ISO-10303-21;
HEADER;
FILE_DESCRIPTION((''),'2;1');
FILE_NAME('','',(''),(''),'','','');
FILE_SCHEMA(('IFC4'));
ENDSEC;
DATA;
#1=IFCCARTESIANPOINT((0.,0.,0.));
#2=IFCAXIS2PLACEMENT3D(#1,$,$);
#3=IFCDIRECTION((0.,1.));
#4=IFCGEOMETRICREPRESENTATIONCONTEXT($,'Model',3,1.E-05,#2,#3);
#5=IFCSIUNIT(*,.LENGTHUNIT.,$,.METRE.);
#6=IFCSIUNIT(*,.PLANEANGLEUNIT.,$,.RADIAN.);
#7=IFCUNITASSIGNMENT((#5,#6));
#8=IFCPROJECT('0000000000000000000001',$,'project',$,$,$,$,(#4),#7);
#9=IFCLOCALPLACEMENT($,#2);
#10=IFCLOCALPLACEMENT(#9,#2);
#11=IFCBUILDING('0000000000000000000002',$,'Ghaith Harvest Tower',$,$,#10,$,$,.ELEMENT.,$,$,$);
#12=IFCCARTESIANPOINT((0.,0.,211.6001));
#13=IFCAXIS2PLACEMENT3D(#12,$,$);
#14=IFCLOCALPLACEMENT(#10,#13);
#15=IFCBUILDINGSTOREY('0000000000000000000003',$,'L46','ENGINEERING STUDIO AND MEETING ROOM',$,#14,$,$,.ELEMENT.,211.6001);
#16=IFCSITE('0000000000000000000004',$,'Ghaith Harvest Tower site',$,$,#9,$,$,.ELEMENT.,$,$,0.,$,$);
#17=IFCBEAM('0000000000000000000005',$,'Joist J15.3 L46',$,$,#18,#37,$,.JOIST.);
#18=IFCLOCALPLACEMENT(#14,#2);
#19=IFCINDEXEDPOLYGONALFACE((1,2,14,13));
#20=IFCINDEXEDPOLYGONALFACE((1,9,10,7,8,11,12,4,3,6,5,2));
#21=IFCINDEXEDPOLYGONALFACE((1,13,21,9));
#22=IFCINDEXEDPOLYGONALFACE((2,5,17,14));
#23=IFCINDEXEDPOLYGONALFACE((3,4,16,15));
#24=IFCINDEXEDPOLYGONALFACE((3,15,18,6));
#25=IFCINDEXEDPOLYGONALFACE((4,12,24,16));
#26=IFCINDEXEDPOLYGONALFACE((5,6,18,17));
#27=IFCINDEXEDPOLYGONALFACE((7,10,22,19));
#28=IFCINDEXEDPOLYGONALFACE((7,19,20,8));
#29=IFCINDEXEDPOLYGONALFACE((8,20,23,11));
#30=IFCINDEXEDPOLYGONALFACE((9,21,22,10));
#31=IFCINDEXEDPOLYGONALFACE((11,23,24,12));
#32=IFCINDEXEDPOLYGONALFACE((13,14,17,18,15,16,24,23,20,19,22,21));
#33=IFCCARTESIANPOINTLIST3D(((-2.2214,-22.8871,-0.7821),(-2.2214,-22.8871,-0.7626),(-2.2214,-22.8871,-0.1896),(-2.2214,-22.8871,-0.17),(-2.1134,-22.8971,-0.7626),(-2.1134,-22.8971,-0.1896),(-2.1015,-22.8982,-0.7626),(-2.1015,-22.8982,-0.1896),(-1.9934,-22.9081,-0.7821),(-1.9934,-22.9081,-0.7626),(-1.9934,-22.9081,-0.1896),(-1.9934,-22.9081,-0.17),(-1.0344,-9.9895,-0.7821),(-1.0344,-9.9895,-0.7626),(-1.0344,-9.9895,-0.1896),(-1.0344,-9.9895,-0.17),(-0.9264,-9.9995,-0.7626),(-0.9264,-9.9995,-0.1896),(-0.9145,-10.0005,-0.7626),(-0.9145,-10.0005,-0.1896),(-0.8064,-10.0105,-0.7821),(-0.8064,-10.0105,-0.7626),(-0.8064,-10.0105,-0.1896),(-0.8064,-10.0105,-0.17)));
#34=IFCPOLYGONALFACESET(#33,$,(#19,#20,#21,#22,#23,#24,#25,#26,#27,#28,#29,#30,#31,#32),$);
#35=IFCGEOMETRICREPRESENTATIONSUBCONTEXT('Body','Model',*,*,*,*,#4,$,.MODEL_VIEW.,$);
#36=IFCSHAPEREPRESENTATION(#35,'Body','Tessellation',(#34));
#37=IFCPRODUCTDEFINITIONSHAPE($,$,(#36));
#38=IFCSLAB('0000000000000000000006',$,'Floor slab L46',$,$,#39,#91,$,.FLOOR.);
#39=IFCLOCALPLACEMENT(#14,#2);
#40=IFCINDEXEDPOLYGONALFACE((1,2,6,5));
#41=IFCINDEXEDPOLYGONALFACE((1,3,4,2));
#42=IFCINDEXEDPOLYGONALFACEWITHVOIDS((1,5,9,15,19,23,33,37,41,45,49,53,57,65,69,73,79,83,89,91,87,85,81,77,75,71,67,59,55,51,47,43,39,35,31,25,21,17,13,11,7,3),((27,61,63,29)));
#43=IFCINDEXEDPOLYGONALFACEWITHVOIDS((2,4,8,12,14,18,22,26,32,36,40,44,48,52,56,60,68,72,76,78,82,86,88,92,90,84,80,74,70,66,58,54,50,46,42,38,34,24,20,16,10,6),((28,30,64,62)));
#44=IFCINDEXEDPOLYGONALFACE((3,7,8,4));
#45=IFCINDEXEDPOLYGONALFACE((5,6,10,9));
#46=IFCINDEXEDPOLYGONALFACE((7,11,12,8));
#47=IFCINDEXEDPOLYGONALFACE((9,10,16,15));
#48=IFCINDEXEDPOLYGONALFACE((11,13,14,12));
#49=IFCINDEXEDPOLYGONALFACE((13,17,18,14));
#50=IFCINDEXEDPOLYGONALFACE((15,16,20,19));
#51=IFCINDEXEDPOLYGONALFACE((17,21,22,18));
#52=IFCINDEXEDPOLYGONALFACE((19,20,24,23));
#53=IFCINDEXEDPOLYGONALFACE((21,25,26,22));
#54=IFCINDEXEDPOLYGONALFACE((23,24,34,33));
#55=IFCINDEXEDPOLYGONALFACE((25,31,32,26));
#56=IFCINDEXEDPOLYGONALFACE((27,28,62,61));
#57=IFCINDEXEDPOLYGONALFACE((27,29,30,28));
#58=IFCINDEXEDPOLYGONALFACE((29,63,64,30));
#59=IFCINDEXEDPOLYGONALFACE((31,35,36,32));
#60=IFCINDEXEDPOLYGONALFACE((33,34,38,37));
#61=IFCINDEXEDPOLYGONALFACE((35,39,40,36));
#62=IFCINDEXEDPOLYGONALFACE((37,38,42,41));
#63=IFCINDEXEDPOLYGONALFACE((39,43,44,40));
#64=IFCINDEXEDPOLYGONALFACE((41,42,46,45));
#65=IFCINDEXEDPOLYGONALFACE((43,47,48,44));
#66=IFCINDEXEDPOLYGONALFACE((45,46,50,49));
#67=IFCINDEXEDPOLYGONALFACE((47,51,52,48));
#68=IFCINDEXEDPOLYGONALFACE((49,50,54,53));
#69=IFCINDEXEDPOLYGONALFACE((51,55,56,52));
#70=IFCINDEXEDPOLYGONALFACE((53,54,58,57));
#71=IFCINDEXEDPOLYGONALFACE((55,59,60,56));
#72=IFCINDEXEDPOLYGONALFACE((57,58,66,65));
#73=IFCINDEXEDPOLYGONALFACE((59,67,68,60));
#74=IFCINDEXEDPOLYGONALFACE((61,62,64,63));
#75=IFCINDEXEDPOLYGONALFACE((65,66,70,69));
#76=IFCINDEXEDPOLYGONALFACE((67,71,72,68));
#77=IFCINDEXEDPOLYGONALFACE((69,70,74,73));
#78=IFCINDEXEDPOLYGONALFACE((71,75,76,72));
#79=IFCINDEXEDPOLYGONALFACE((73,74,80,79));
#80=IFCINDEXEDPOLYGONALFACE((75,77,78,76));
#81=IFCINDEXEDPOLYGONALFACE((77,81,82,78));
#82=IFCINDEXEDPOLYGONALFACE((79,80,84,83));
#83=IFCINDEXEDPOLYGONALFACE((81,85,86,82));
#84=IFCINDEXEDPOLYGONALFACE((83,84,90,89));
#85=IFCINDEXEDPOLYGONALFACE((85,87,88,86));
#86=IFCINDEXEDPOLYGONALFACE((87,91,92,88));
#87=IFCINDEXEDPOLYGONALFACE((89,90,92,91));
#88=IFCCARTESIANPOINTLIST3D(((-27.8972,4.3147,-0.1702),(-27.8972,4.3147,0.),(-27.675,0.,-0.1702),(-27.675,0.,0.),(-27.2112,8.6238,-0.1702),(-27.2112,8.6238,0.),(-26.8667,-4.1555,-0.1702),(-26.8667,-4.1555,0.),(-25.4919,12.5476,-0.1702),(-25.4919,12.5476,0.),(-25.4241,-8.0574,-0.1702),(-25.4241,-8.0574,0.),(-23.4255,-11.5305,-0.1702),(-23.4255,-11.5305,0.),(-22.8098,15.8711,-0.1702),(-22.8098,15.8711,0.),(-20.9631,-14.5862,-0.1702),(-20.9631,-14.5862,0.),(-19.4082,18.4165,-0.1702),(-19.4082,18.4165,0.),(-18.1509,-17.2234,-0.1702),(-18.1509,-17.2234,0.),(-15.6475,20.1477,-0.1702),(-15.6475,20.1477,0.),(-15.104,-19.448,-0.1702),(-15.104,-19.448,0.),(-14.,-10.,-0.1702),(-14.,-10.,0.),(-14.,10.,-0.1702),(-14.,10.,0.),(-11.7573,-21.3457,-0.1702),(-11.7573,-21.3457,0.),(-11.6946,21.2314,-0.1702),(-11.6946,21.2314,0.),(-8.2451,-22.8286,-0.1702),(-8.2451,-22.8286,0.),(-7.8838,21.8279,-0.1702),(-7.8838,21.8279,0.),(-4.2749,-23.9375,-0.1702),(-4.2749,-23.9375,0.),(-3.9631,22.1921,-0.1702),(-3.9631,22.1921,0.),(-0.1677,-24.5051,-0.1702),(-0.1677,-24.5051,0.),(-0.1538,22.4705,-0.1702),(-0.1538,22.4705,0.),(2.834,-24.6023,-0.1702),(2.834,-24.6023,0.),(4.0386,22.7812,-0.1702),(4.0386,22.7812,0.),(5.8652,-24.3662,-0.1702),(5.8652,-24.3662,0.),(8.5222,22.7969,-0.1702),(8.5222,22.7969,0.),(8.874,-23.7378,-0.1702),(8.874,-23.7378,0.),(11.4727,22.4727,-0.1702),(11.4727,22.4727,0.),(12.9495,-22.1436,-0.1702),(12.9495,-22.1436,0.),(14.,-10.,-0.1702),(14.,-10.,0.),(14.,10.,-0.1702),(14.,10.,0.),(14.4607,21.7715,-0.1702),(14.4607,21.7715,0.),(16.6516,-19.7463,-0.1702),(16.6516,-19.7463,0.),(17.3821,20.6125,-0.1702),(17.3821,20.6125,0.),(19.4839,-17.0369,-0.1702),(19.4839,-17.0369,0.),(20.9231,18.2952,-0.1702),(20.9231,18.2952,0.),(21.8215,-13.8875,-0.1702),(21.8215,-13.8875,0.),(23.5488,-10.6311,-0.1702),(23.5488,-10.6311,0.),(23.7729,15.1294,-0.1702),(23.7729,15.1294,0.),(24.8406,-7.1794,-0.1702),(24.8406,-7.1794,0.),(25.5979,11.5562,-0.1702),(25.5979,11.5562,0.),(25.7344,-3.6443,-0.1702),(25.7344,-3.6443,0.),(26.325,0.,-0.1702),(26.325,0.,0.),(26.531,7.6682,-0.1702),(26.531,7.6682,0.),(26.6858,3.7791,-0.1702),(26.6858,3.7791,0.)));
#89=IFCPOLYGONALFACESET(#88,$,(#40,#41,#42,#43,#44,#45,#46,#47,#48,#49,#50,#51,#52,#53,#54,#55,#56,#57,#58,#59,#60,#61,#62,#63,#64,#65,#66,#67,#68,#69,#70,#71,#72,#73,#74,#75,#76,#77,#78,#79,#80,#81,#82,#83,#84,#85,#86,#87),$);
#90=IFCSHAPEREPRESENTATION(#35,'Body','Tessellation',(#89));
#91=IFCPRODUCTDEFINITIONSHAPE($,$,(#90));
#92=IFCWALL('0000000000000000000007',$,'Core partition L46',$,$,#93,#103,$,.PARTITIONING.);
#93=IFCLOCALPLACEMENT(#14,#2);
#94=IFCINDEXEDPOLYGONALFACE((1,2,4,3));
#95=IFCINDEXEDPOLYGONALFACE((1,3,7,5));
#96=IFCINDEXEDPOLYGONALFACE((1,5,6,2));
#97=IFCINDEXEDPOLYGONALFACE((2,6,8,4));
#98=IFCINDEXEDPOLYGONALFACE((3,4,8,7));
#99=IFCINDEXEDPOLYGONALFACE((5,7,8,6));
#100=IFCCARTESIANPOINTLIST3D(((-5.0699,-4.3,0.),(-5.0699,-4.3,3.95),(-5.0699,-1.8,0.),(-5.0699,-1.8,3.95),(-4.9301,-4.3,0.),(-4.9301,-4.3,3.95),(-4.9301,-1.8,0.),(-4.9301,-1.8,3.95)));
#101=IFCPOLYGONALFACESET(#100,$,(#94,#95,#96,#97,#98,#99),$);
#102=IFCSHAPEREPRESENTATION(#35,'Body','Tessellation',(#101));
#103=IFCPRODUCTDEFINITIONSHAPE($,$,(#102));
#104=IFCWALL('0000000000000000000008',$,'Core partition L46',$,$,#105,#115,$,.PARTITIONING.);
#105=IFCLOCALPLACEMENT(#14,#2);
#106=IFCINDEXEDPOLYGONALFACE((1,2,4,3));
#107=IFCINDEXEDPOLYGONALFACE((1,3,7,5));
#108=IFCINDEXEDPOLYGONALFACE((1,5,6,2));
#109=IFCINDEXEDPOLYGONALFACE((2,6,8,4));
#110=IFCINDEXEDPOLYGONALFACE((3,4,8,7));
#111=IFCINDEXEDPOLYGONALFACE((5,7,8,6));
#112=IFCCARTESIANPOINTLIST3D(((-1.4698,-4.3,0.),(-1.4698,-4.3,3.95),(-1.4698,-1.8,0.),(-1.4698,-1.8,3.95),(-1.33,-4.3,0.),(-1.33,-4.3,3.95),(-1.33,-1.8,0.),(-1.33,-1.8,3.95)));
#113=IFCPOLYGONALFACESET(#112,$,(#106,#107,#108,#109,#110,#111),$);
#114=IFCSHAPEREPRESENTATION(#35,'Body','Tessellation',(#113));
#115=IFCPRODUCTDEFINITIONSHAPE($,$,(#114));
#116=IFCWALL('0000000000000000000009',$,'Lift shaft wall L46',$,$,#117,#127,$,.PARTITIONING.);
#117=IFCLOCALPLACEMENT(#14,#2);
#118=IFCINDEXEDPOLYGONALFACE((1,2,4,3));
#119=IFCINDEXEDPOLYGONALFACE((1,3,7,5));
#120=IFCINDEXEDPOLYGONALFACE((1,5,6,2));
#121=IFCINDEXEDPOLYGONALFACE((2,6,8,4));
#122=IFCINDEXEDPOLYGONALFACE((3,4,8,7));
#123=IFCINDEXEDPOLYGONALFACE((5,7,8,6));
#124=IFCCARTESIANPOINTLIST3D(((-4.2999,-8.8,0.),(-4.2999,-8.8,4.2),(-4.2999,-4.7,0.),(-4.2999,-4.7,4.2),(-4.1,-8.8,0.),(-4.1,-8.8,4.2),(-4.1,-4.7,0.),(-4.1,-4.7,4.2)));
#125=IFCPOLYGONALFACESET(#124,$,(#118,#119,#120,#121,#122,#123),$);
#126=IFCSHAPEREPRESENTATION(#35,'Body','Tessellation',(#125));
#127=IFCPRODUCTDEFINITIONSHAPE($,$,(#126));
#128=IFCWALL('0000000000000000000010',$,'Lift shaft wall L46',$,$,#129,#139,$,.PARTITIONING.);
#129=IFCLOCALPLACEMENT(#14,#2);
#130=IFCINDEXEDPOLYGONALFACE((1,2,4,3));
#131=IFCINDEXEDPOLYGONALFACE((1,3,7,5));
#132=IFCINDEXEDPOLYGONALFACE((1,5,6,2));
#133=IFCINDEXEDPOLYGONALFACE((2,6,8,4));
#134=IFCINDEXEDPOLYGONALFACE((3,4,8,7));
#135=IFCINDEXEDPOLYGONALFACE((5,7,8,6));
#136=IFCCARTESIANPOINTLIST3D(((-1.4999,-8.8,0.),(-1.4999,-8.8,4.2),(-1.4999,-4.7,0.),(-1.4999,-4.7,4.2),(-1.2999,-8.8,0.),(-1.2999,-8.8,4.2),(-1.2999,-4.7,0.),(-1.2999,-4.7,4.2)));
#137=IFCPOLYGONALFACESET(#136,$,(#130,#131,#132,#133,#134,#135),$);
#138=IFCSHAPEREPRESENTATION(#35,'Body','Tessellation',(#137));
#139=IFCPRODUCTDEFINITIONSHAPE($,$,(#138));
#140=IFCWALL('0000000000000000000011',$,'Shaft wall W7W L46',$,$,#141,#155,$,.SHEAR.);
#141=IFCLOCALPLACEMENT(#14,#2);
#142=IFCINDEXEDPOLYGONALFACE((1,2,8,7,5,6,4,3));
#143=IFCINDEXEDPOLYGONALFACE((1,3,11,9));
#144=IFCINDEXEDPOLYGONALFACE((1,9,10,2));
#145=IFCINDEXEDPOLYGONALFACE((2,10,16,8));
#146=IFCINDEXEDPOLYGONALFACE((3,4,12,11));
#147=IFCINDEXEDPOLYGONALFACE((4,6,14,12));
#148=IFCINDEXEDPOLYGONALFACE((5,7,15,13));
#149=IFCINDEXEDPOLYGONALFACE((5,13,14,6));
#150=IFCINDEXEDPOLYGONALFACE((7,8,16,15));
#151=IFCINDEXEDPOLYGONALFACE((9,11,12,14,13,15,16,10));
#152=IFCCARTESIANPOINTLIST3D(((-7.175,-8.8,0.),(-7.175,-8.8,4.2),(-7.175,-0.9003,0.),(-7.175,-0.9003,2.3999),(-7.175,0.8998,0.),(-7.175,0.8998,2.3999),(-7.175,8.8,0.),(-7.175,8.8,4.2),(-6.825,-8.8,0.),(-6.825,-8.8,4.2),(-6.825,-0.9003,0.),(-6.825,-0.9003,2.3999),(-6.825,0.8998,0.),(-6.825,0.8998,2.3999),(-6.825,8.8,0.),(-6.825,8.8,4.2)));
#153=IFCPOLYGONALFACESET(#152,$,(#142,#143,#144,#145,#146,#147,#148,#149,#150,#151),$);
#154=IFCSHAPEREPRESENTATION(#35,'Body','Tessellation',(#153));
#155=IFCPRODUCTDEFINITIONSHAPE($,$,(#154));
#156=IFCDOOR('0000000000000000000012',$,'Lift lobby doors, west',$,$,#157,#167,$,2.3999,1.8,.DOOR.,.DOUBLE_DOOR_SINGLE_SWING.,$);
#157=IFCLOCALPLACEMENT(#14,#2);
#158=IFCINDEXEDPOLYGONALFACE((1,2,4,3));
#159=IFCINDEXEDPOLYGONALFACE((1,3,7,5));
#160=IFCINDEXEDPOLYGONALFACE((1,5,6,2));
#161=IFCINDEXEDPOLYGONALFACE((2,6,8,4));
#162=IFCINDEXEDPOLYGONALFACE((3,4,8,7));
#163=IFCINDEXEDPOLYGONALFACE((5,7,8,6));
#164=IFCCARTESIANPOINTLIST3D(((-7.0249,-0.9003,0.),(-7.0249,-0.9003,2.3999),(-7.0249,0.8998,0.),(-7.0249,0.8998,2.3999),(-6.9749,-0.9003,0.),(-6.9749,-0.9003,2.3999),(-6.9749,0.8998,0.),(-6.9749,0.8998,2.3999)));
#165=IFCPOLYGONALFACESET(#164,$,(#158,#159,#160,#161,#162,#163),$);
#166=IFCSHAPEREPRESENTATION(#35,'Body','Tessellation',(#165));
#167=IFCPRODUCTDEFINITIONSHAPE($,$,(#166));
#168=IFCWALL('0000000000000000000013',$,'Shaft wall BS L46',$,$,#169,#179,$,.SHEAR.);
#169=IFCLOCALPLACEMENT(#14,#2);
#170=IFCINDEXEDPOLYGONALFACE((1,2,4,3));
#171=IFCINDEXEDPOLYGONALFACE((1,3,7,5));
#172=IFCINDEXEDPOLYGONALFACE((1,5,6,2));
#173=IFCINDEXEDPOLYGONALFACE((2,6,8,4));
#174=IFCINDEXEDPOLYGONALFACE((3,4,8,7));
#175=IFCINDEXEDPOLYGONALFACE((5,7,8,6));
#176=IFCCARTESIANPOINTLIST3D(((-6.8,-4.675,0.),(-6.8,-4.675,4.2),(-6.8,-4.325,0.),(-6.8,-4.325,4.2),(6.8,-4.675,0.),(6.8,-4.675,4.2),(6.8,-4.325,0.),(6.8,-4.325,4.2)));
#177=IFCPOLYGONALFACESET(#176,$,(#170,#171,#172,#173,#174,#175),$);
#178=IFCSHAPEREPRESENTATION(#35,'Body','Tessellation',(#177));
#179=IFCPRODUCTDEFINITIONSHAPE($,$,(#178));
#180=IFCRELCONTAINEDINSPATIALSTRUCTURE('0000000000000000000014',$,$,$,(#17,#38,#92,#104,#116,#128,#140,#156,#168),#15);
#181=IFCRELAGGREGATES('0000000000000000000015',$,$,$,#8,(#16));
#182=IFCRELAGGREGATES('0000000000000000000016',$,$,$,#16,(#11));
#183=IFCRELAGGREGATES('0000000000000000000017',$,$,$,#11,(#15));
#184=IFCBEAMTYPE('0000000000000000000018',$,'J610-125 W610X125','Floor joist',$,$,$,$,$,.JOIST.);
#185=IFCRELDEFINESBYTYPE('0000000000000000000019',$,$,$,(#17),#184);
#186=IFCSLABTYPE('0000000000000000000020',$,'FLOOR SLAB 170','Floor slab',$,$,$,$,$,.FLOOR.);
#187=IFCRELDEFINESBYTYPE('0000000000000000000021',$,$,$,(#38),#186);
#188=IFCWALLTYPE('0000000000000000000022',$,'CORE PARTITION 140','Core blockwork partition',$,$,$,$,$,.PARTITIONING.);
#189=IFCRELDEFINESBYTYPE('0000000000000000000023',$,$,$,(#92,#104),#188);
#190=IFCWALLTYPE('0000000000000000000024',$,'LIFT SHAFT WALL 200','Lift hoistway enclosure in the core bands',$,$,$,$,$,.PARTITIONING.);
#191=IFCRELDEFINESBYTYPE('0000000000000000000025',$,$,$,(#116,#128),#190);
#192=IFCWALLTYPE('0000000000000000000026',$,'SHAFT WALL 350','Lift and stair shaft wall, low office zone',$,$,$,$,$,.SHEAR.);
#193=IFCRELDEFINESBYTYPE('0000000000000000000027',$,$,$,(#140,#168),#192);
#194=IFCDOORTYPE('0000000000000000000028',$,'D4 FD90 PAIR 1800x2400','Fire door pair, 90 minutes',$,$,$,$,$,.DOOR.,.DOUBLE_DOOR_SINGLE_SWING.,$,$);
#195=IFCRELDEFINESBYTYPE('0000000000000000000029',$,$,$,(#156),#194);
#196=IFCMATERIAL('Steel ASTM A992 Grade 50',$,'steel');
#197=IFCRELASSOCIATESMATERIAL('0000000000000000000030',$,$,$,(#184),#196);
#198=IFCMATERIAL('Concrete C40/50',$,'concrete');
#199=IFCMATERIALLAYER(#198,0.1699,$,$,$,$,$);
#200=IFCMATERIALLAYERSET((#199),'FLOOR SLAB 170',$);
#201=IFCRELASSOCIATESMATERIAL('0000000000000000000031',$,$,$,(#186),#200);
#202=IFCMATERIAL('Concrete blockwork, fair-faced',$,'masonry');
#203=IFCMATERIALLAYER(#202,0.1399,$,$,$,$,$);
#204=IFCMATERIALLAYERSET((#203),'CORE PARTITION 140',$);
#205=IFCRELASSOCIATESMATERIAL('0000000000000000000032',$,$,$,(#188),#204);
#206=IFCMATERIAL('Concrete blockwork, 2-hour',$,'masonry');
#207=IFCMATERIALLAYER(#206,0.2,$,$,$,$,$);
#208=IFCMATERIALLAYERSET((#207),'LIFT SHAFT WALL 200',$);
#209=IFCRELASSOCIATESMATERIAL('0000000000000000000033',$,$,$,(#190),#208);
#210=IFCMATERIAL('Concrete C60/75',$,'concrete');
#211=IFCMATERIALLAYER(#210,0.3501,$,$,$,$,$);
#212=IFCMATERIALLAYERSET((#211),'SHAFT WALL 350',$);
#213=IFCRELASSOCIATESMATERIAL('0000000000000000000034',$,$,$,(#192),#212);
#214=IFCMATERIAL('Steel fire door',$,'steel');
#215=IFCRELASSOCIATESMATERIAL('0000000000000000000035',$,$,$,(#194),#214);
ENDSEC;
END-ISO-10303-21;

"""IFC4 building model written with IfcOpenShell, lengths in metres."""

from ifc_helpers import new_model, si_unit, direction, frame, frame_2d, origin, origin_2d, place, context, subcontext, project, spatial, polyline, rectangle, i_section, outline, extrude, material, layer, layer_set, material_profile, profile_set, type_object, element, fill, save


model = new_model("IFC4")

# Units and contexts
model_context = context("Model", 3, precision=1e-05, world=origin(), true_north=direction((0.0, 1.0)))
body_context = subcontext(model_context, "Body", "Model", "MODEL_VIEW")
ifc_project = project(units=[si_unit("LENGTHUNIT", "METRE"), si_unit("PLANEANGLEUNIT", "RADIAN")], contexts=[model_context])

# Site, building, storey
site_placement = place(None, origin())
site = spatial("IfcSite", under=ifc_project, at=site_placement, Name="Ghaith Harvest Tower site", CompositionType="ELEMENT", RefElevation=0.0)
building_placement = place(site_placement, origin())
building = spatial("IfcBuilding", under=site, at=building_placement, Name="Ghaith Harvest Tower", CompositionType="ELEMENT")
storey_placement = place(building_placement, frame((0.0, 0.0, 211.6001)))
storey = spatial("IfcBuildingStorey", under=building, at=storey_placement, Name="L46", Description="ENGINEERING STUDIO AND MEETING ROOM", CompositionType="ELEMENT", Elevation=211.6001)

# Beam
ifc_material_1 = material(Name="Steel ASTM A992 Grade 50", Category="steel")
ifc_material_profile_1 = material_profile(ifc_material_1, i_section(OverallWidth=0.229, OverallDepth=0.6121, WebThickness=0.012, FlangeThickness=0.0195, at=origin_2d()), Name="W610X125")
ifc_profile_set_1 = profile_set([ifc_material_profile_1], Name="Steel ASTM A992 Grade 50")
beam_type_1 = type_object("IfcBeamType", Name="J610-125 W610X125", Description="Floor joist", PredefinedType="JOIST", material=ifc_profile_set_1)
beam_1_placement = place(storey_placement, frame((-0.9204, -10.0, -0.4761), z_axis=(-0.091645, -0.995792, 0.0), x_axis=(0.995792, -0.091645, 0.0)))
element("IfcBeam", 1, at=beam_1_placement, inside=storey, type_object=beam_type_1, Name="Joist J15.3 L46", PredefinedType="JOIST", context=body_context, shape_type="SweptSolid", body=[
    extrude(i_section(OverallWidth=0.229, OverallDepth=0.6121, WebThickness=0.012, FlangeThickness=0.0195, at=origin_2d()), origin(), (0.0, 0.0, 1.0), 12.9521),
])

# Slab
ifc_material_2 = material(Name="Concrete C40/50", Category="concrete")
ifc_layer_1 = layer(ifc_material_2, 0.1699)
ifc_layer_set_1 = layer_set([ifc_layer_1], Name="FLOOR SLAB 170")
slab_type = type_object("IfcSlabType", Name="FLOOR SLAB 170", Description="Floor slab", PredefinedType="FLOOR", material=ifc_layer_set_1)
slab_placement = place(storey_placement, frame((0.0, 0.0, -0.1702)))
element("IfcSlab", 2, at=slab_placement, inside=storey, type_object=slab_type, Name="Floor slab L46", PredefinedType="FLOOR", context=body_context, shape_type="SweptSolid", body=[
    extrude(outline(polyline([(26.325, 0.0), (26.6858, 3.7791), (26.531, 7.6682), (25.5979, 11.5562), (23.7729, 15.1294), (20.9231, 18.2952), (17.3821, 20.6125), (14.4607, 21.7715), (11.4727, 22.4727), (8.5222, 22.7969), (4.0386, 22.7812), (-0.1538, 22.4705), (-3.9631, 22.1921), (-7.8838, 21.8279), (-11.6946, 21.2314), (-15.6475, 20.1477), (-19.4082, 18.4165), (-22.8098, 15.8711), (-25.4919, 12.5476), (-27.2112, 8.6238), (-27.8972, 4.3147), (-27.675, 0.0), (-26.8667, -4.1555), (-25.4241, -8.0574), (-23.4255, -11.5305), (-20.9631, -14.5862), (-18.1509, -17.2234), (-15.104, -19.448), (-11.7573, -21.3457), (-8.2451, -22.8286), (-4.2749, -23.9375), (-0.1677, -24.5051), (2.834, -24.6023), (5.8652, -24.3662), (8.874, -23.7378), (12.9495, -22.1436), (16.6516, -19.7463), (19.4839, -17.0369), (21.8215, -13.8875), (23.5488, -10.6311), (24.8406, -7.1794), (25.7344, -3.6443), (26.325, 0.0)]), holes=[polyline([(-14.0, -10.0), (14.0, -10.0), (14.0, 10.0), (-14.0, 10.0), (-14.0, -10.0)])]), origin(), (0.0, 0.0, 1.0), 0.1702),
])

# Walls
ifc_material_3 = material(Name="Concrete blockwork, fair-faced", Category="masonry")
ifc_layer_2 = layer(ifc_material_3, 0.1399)
ifc_layer_set_2 = layer_set([ifc_layer_2], Name="CORE PARTITION 140")
wall_type_1 = type_object("IfcWallType", Name="CORE PARTITION 140", Description="Core blockwork partition", PredefinedType="PARTITIONING", material=ifc_layer_set_2)
for number, where, z_axis, x_axis, name in (
    (3, (-5.0, -1.8, 0.0), (0.0, 0.0, 1.0), (0.0, -1.0, 0.0), "Core partition L46"),
    (4, (-1.3999, -1.8, 0.0), (0.0, 0.0, 1.0), (0.0, -1.0, 0.0), "Core partition L46"),
):
    element("IfcWall", number, at=place(storey_placement, frame(where, z_axis=z_axis, x_axis=x_axis)), inside=storey, type_object=wall_type_1, Name=name, PredefinedType="PARTITIONING", context=body_context, shape_type="SweptSolid", body=[
        extrude(rectangle(XDim=2.5, YDim=0.1399, at=frame_2d((1.25, 0.0))), origin(), (0.0, 0.0, 1.0), 3.95),
    ])
ifc_material_4 = material(Name="Concrete blockwork, 2-hour", Category="masonry")
ifc_layer_3 = layer(ifc_material_4, 0.2)
ifc_layer_set_3 = layer_set([ifc_layer_3], Name="LIFT SHAFT WALL 200")
wall_type_2 = type_object("IfcWallType", Name="LIFT SHAFT WALL 200", Description="Lift hoistway enclosure in the core bands", PredefinedType="PARTITIONING", material=ifc_layer_set_3)
for number, where, z_axis, x_axis, name in (
    (5, (-4.2, -4.7, 0.0), (0.0, 0.0, 1.0), (0.0, -1.0, 0.0), "Lift shaft wall L46"),
    (6, (-1.3999, -4.7, 0.0), (0.0, 0.0, 1.0), (0.0, -1.0, 0.0), "Lift shaft wall L46"),
):
    element("IfcWall", number, at=place(storey_placement, frame(where, z_axis=z_axis, x_axis=x_axis)), inside=storey, type_object=wall_type_2, Name=name, PredefinedType="PARTITIONING", context=body_context, shape_type="SweptSolid", body=[
        extrude(rectangle(XDim=4.1001, YDim=0.2, at=frame_2d((2.05, 0.0))), origin(), (0.0, 0.0, 1.0), 4.2),
    ])

# Wall, opening, door
ifc_material_5 = material(Name="Concrete C60/75", Category="concrete")
ifc_layer_4 = layer(ifc_material_5, 0.3501)
ifc_layer_set_4 = layer_set([ifc_layer_4], Name="SHAFT WALL 350")
wall_type_3 = type_object("IfcWallType", Name="SHAFT WALL 350", Description="Lift and stair shaft wall, low office zone", PredefinedType="SHEAR", material=ifc_layer_set_4)
wall_1_placement = place(storey_placement, frame((-7.0, -8.8, 0.0), z_axis=(0.0, 0.0, 1.0), x_axis=(0.0, 1.0, 0.0)))
wall_1 = element("IfcWall", 7, at=wall_1_placement, inside=storey, type_object=wall_type_3, Name="Shaft wall W7W L46", PredefinedType="SHEAR", context=body_context, shape_type="SweptSolid", body=[
    extrude(rectangle(XDim=17.6001, YDim=0.3501, at=frame_2d((8.8, 0.0))), origin(), (0.0, 0.0, 1.0), 4.2),
])
opening_1_placement = place(wall_1_placement, frame((7.8999, 0.0, 0.0)))
opening_1 = element("IfcOpeningElement", 8, at=opening_1_placement, cuts=wall_1, PredefinedType="OPENING", context=body_context, shape_type="SweptSolid", body=[
    extrude(rectangle(XDim=1.8, YDim=2.3999, at=frame_2d((0.8999, 1.2))), frame((0.0, 0.1851, 0.0), z_axis=(0.0, -1.0, 0.0), x_axis=(1.0, 0.0, 0.0)), (0.0, 0.0, 1.0), 0.3701),
])
ifc_material_6 = material(Name="Steel fire door", Category="steel")
door_type_1 = type_object("IfcDoorType", Name="D4 FD90 PAIR 1800x2400", Description="Fire door pair, 90 minutes", OperationType="DOUBLE_DOOR_SINGLE_SWING", PredefinedType="DOOR", material=ifc_material_6)
door_1_placement = place(opening_1_placement, origin())
door_1 = element("IfcDoor", 9, at=door_1_placement, inside=storey, type_object=door_type_1, Name="Lift lobby doors, west", OperationType="DOUBLE_DOOR_SINGLE_SWING", OverallHeight=2.3999, OverallWidth=1.8, PredefinedType="DOOR", context=body_context, shape_type="SweptSolid", body=[
    extrude(rectangle(XDim=1.8, YDim=2.3999, at=frame_2d((0.8999, 1.2))), frame((0.0, 0.0249, 0.0), z_axis=(0.0, -1.0, 0.0), x_axis=(1.0, 0.0, 0.0)), (0.0, 0.0, 1.0), 0.05),
])
fill(opening_1, door_1)

# Wall
wall_2_placement = place(storey_placement, frame((-6.8, -4.5, 0.0), z_axis=(0.0, 0.0, 1.0), x_axis=(1.0, 0.0, 0.0)))
element("IfcWall", 10, at=wall_2_placement, inside=storey, type_object=wall_type_3, Name="Shaft wall BS L46", PredefinedType="SHEAR", context=body_context, shape_type="SweptSolid", body=[
    extrude(rectangle(XDim=13.6001, YDim=0.3501, at=frame_2d((6.8, 0.0))), origin(), (0.0, 0.0, 1.0), 4.2),
])

save(model, "model.ifc")
